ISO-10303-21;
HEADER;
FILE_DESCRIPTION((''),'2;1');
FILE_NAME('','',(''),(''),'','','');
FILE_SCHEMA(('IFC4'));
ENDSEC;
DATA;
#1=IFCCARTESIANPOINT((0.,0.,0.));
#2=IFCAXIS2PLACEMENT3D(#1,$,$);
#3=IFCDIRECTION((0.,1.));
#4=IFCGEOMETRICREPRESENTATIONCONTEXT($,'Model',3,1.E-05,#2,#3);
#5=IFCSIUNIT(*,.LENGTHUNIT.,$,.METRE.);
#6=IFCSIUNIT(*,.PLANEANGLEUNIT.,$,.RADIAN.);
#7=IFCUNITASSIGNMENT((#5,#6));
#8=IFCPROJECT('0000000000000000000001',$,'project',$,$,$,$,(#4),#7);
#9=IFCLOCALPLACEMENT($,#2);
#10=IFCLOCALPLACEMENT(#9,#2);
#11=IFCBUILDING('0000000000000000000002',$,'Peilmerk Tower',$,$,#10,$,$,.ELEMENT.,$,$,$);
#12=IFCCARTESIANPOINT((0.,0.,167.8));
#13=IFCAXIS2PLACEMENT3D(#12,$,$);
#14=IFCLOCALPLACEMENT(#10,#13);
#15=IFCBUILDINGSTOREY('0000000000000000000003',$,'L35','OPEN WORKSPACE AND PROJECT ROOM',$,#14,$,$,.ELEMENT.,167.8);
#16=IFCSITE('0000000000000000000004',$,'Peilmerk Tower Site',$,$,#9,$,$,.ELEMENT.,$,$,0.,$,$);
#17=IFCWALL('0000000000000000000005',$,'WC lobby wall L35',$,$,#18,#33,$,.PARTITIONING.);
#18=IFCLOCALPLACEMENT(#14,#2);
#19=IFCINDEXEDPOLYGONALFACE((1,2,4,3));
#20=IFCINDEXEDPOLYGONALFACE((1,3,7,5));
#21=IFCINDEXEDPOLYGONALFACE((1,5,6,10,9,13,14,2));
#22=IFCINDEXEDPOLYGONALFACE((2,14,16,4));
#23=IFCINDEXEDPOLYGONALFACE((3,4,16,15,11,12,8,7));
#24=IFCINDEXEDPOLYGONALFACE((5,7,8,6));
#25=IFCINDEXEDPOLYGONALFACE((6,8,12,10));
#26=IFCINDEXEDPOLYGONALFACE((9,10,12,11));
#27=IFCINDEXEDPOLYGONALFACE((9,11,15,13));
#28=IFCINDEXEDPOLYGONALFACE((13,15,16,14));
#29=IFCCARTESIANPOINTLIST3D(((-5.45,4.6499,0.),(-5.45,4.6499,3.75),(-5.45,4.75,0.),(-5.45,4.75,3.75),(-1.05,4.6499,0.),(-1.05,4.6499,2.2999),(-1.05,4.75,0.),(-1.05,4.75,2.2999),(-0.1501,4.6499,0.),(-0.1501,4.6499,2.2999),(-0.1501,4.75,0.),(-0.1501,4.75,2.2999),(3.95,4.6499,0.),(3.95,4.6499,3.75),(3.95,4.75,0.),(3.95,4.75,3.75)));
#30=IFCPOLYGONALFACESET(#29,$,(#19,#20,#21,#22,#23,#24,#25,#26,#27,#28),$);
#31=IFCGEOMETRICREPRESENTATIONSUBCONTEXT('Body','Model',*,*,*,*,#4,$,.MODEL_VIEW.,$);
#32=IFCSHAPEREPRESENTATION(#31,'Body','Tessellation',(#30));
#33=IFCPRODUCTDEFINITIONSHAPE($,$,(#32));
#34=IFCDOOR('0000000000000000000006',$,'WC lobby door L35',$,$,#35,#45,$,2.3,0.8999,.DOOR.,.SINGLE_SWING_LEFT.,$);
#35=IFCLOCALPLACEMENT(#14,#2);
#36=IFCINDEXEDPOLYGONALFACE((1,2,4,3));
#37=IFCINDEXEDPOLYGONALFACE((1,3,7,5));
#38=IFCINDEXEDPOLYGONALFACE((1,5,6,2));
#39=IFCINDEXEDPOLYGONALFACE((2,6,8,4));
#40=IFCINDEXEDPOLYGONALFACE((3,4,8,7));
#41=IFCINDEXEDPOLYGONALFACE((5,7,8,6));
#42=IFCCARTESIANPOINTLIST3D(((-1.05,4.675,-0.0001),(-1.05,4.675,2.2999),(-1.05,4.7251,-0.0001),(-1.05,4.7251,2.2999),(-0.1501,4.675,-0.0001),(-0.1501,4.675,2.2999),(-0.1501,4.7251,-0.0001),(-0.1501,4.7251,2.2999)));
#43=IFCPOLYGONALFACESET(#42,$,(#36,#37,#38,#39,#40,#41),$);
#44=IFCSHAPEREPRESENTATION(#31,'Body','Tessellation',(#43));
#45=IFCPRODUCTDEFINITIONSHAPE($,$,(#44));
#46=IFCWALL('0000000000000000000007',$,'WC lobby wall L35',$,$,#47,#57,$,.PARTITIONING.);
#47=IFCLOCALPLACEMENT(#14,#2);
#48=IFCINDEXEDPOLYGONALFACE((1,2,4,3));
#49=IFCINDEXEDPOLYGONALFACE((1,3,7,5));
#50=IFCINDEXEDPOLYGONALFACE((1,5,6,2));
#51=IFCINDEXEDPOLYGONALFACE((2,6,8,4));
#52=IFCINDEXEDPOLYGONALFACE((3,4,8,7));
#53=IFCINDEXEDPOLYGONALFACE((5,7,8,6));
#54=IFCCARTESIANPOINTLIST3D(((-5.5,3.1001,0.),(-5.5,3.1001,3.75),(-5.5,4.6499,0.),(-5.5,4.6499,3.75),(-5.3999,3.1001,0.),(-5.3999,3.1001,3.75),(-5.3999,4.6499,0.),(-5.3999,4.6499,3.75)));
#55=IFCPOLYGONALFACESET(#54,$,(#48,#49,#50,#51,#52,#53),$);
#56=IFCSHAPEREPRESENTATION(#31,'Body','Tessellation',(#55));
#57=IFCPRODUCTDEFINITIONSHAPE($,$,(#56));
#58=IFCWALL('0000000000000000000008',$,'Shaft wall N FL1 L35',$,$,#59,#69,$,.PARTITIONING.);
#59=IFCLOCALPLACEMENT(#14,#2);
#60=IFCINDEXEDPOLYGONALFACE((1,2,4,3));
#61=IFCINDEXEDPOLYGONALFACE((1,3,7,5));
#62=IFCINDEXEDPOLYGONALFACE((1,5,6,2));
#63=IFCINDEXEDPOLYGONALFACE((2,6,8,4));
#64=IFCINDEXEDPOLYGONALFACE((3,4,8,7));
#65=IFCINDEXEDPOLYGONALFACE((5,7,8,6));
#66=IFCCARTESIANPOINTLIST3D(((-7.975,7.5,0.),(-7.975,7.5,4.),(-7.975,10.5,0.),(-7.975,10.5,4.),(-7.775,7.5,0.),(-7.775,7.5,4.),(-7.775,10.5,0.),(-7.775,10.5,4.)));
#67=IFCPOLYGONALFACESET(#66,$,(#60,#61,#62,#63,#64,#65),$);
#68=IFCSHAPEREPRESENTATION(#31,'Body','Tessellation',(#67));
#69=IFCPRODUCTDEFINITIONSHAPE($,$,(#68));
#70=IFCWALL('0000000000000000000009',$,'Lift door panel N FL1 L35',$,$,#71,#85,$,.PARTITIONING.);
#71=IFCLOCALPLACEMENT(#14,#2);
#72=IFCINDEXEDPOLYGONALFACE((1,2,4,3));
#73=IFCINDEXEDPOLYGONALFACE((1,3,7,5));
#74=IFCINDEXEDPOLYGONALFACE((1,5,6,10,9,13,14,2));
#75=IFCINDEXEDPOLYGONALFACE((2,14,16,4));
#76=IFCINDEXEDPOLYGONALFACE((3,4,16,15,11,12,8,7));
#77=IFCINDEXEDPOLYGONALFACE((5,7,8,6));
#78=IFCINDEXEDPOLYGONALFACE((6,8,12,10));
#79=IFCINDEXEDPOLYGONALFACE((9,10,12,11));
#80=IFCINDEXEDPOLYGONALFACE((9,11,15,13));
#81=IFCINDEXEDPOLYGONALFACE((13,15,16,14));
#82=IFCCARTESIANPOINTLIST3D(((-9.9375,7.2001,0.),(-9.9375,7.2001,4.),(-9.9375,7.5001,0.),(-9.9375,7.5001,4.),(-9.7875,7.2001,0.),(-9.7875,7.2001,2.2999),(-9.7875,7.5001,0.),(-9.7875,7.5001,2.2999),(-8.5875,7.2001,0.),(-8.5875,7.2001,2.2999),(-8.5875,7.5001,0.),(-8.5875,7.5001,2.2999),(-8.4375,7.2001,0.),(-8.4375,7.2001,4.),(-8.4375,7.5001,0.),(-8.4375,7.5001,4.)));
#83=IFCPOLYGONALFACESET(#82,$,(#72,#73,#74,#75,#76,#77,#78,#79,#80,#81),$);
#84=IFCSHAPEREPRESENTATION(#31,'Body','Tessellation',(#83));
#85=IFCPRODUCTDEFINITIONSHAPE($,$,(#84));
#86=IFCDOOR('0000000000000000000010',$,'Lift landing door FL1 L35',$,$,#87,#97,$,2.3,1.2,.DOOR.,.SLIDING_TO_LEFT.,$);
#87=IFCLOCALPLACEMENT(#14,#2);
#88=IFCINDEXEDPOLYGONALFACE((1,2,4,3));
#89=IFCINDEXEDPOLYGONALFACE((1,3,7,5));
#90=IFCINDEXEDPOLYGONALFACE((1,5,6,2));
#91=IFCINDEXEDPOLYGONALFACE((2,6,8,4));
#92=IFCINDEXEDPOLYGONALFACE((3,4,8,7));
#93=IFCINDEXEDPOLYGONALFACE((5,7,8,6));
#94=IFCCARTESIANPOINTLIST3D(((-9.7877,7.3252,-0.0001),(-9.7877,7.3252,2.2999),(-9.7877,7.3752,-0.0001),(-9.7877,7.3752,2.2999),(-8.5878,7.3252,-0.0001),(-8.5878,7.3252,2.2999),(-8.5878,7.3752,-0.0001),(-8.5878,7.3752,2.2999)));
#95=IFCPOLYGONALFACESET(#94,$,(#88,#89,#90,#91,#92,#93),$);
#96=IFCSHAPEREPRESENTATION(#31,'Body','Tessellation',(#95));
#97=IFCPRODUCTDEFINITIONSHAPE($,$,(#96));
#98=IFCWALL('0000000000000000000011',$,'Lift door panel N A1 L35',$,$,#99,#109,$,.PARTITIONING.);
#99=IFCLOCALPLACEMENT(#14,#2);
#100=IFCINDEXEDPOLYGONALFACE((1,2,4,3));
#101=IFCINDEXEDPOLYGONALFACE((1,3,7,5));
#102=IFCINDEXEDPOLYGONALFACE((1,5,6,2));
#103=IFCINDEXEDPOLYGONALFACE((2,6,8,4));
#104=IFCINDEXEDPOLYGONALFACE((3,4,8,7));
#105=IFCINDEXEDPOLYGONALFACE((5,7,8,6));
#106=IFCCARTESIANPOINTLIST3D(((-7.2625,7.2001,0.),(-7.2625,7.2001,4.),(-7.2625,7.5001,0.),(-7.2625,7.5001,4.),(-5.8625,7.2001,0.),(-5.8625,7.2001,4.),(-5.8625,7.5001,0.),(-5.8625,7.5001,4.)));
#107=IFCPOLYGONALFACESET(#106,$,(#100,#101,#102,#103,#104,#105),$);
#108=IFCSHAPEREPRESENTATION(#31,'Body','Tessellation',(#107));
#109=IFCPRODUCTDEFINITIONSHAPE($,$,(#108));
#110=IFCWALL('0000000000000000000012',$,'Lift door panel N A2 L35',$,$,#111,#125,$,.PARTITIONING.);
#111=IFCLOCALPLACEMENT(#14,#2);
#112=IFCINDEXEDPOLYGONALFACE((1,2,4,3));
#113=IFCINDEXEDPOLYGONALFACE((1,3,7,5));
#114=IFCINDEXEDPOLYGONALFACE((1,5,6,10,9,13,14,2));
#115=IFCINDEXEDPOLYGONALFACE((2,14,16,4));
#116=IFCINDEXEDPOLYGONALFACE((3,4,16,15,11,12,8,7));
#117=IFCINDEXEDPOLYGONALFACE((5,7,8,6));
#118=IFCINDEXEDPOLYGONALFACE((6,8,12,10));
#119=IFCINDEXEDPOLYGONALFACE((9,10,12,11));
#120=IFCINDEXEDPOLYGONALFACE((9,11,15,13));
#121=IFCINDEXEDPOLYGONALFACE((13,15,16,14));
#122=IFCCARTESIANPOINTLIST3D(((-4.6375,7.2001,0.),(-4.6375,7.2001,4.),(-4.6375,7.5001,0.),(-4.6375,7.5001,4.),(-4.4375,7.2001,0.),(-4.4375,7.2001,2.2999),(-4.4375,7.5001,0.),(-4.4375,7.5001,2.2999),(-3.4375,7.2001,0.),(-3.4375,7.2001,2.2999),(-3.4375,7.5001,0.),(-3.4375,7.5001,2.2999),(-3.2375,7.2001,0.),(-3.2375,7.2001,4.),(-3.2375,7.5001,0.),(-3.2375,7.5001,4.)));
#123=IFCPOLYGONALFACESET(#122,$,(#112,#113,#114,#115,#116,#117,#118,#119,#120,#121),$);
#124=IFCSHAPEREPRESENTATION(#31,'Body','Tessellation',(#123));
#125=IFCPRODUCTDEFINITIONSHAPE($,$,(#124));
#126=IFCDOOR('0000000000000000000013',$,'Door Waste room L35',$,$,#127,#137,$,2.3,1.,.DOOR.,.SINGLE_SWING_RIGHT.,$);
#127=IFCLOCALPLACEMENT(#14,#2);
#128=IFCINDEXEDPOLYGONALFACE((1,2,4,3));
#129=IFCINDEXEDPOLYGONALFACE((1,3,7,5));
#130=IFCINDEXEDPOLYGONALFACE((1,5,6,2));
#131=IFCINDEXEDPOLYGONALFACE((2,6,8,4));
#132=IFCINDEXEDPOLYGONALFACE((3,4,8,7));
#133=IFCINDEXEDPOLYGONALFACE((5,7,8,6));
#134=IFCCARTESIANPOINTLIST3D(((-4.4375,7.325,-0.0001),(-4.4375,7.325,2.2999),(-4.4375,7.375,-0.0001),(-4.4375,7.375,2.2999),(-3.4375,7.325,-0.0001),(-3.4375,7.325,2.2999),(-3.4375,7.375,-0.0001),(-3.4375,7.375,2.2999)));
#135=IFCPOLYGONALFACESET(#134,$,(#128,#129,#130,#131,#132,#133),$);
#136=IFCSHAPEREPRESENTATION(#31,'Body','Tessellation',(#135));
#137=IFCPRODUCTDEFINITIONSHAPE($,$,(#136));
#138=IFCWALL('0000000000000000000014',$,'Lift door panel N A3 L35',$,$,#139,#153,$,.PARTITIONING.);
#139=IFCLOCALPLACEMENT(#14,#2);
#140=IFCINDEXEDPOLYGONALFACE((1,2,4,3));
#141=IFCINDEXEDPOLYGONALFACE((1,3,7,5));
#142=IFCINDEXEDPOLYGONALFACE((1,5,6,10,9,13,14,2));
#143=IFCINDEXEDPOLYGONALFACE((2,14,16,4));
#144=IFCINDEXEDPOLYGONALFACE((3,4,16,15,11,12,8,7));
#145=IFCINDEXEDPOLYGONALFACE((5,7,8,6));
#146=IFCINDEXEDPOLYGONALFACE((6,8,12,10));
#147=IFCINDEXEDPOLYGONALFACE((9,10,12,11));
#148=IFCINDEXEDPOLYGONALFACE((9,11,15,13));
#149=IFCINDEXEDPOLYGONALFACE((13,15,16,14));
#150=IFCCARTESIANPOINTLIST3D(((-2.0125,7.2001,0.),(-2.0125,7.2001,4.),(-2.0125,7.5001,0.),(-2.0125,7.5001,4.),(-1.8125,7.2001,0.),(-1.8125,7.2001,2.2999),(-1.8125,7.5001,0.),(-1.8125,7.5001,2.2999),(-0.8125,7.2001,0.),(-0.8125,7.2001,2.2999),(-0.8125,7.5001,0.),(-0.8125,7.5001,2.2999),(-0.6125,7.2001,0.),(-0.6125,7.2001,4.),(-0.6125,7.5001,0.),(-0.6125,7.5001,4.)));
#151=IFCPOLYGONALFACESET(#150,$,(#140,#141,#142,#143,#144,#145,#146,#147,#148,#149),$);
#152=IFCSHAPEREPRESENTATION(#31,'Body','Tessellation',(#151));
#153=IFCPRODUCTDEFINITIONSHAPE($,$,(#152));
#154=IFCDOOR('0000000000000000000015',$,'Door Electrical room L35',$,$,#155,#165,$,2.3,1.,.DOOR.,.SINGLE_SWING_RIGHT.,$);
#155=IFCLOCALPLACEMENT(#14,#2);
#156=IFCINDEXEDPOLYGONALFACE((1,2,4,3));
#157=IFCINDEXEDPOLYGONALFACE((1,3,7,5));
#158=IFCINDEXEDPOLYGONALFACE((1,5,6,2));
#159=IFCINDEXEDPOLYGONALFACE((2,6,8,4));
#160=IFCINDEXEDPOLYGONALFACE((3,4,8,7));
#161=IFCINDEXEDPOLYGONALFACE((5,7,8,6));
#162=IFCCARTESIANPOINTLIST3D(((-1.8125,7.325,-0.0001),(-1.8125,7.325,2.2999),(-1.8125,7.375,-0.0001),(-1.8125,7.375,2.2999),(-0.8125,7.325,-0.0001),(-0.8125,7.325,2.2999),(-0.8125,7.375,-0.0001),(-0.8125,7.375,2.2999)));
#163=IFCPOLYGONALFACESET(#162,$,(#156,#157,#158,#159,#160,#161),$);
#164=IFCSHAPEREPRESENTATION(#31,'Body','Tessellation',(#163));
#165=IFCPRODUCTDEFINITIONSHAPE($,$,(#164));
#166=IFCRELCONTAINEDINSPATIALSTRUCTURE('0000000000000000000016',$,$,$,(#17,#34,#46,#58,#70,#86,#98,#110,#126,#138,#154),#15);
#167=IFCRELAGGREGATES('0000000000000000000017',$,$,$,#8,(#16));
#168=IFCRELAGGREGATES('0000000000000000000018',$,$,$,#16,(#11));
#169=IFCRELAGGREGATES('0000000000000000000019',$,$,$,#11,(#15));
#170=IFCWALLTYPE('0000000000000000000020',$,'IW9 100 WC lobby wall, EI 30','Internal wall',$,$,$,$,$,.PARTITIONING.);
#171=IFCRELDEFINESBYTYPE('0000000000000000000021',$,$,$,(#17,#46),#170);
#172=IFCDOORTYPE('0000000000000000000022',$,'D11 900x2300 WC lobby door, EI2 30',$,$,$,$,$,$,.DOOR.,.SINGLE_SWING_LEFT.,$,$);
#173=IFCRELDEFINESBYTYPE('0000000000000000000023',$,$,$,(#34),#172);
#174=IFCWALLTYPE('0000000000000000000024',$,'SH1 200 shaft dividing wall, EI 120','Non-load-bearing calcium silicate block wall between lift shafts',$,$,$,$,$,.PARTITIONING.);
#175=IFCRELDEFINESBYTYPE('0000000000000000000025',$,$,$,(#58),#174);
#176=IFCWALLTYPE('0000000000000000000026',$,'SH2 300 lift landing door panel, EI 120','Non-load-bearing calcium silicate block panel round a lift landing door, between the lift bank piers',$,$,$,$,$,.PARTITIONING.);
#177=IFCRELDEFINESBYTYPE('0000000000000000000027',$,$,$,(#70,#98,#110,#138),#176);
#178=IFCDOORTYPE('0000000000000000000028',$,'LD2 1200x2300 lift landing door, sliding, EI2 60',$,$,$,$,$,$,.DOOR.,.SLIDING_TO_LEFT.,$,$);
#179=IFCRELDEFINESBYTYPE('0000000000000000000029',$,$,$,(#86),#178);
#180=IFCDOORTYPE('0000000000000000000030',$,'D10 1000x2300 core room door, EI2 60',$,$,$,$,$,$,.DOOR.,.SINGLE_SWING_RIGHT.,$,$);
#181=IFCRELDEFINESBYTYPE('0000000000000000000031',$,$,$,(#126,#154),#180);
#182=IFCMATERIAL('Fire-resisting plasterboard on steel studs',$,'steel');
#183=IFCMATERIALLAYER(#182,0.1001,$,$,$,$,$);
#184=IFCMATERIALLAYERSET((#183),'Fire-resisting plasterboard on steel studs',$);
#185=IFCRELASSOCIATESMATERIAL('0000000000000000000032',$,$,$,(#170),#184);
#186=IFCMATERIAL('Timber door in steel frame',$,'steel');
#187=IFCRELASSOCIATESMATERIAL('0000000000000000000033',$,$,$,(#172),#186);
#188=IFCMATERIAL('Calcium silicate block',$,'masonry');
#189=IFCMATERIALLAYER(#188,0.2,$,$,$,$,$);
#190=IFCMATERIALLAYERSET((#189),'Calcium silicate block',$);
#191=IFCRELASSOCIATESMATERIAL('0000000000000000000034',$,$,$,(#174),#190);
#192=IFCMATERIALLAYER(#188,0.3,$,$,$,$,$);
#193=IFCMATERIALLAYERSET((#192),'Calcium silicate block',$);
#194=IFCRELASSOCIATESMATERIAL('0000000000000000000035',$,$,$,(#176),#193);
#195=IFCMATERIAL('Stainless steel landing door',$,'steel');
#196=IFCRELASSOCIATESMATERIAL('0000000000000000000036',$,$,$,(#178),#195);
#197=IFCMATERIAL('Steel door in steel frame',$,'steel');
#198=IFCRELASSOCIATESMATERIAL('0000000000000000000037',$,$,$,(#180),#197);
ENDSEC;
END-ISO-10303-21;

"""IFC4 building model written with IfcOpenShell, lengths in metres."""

from ifc_helpers import new_model, si_unit, direction, frame, frame_2d, origin, place, context, subcontext, project, spatial, rectangle, extrude, material, layer, layer_set, type_object, element, fill, save


model = new_model("IFC4")

# Units and contexts
model_context = context("Model", 3, precision=1e-05, world=origin(), true_north=direction((0.0, 1.0)))
body_context = subcontext(model_context, "Body", "Model", "MODEL_VIEW")
ifc_project = project(units=[si_unit("LENGTHUNIT", "METRE"), si_unit("PLANEANGLEUNIT", "RADIAN")], contexts=[model_context])

# Site, building, storey
site_placement = place(None, origin())
site = spatial("IfcSite", under=ifc_project, at=site_placement, Name="Peilmerk Tower Site", CompositionType="ELEMENT", RefElevation=0.0)
building_placement = place(site_placement, origin())
building = spatial("IfcBuilding", under=site, at=building_placement, Name="Peilmerk Tower", CompositionType="ELEMENT")
storey_placement = place(building_placement, frame((0.0, 0.0, 167.8)))
storey = spatial("IfcBuildingStorey", under=building, at=storey_placement, Name="L35", Description="OPEN WORKSPACE AND PROJECT ROOM", CompositionType="ELEMENT", Elevation=167.8)

# Shared definitions
ifc_material_1 = material(Name="Steel door in steel frame", Category="steel")

# Shared definitions
ifc_material_2 = material(Name="Timber door in steel frame", Category="steel")

# Wall, opening, door
ifc_material_3 = material(Name="Fire-resisting plasterboard on steel studs", Category="steel")
ifc_layer_1 = layer(ifc_material_3, 0.1001)
ifc_layer_set_1 = layer_set([ifc_layer_1], Name="Fire-resisting plasterboard on steel studs")
wall_type_1 = type_object("IfcWallType", Name="IW9 100 WC lobby wall, EI 30", Description="Internal wall", PredefinedType="PARTITIONING", material=ifc_layer_set_1)
wall_1_placement = place(storey_placement, frame((-5.45, 4.7, 0.0), z_axis=(0.0, 0.0, 1.0), x_axis=(1.0, 0.0, 0.0)))
wall_1 = element("IfcWall", 1, at=wall_1_placement, inside=storey, type_object=wall_type_1, Name="WC lobby wall L35", PredefinedType="PARTITIONING", context=body_context, shape_type="SweptSolid", body=[
    extrude(rectangle(XDim=9.3999, YDim=0.1001, at=frame_2d((4.7, 0.0))), origin(), (0.0, 0.0, 1.0), 3.75),
])
opening_1_placement = place(wall_1_placement, frame((4.3999, 0.0, 0.0)))
opening_1 = element("IfcOpeningElement", 2, at=opening_1_placement, cuts=wall_1, PredefinedType="OPENING", context=body_context, shape_type="SweptSolid", body=[
    extrude(rectangle(XDim=0.8999, YDim=2.3, at=frame_2d((0.45, 1.1499))), frame((0.0, 0.0601, 0.0), z_axis=(0.0, -1.0, 0.0), x_axis=(1.0, 0.0, 0.0)), (0.0, 0.0, 1.0), 0.1201),
])
door_type_1 = type_object("IfcDoorType", Name="D11 900x2300 WC lobby door, EI2 30", OperationType="SINGLE_SWING_LEFT", PredefinedType="DOOR", material=ifc_material_2)
door_1_placement = place(opening_1_placement, frame((0.8999, 0.0, 0.0), z_axis=(0.0, 0.0, 1.0), x_axis=(-1.0, 0.0, 0.0)))
door_1 = element("IfcDoor", 3, at=door_1_placement, inside=storey, type_object=door_type_1, Name="WC lobby door L35", OperationType="SINGLE_SWING_LEFT", OverallHeight=2.3, OverallWidth=0.8999, PredefinedType="DOOR", context=body_context, shape_type="SweptSolid", body=[
    extrude(rectangle(XDim=0.8999, YDim=2.3, at=frame_2d((0.45, 1.1499))), frame((0.0, 0.0249, 0.0), z_axis=(0.0, -1.0, 0.0), x_axis=(1.0, 0.0, 0.0)), (0.0, 0.0, 1.0), 0.05),
])
fill(opening_1, door_1)

# Walls
wall_2_placement = place(storey_placement, frame((-5.45, 3.1001, 0.0), z_axis=(0.0, 0.0, 1.0), x_axis=(0.0, 1.0, 0.0)))
element("IfcWall", 4, at=wall_2_placement, inside=storey, type_object=wall_type_1, Name="WC lobby wall L35", PredefinedType="PARTITIONING", context=body_context, shape_type="SweptSolid", body=[
    extrude(rectangle(XDim=1.5498, YDim=0.1001, at=frame_2d((0.7749, 0.0))), origin(), (0.0, 0.0, 1.0), 3.75),
])
ifc_material_4 = material(Name="Calcium silicate block", Category="masonry")
ifc_layer_2 = layer(ifc_material_4, 0.2)
ifc_layer_set_2 = layer_set([ifc_layer_2], Name="Calcium silicate block")
wall_type_2 = type_object("IfcWallType", Name="SH1 200 shaft dividing wall, EI 120", Description="Non-load-bearing calcium silicate block wall between lift shafts", PredefinedType="PARTITIONING", material=ifc_layer_set_2)
wall_3_placement = place(storey_placement, frame((-7.875, 7.5, 0.0), z_axis=(0.0, 0.0, 1.0), x_axis=(0.0, 1.0, 0.0)))
element("IfcWall", 5, at=wall_3_placement, inside=storey, type_object=wall_type_2, Name="Shaft wall N FL1 L35", PredefinedType="PARTITIONING", context=body_context, shape_type="SweptSolid", body=[
    extrude(rectangle(XDim=3.0, YDim=0.2, at=frame_2d((1.5, 0.0))), origin(), (0.0, 0.0, 1.0), 4.0),
])

# Wall, opening, door
ifc_layer_3 = layer(ifc_material_4, 0.3)
ifc_layer_set_3 = layer_set([ifc_layer_3], Name="Calcium silicate block")
wall_type_3 = type_object("IfcWallType", Name="SH2 300 lift landing door panel, EI 120", Description="Non-load-bearing calcium silicate block panel round a lift landing door, between the lift bank piers", PredefinedType="PARTITIONING", material=ifc_layer_set_3)
wall_4_placement = place(storey_placement, frame((-9.9375, 7.3501, 0.0), z_axis=(0.0, 0.0, 1.0), x_axis=(1.0, 0.0, 0.0)))
wall_4 = element("IfcWall", 6, at=wall_4_placement, inside=storey, type_object=wall_type_3, Name="Lift door panel N FL1 L35", PredefinedType="PARTITIONING", context=body_context, shape_type="SweptSolid", body=[
    extrude(rectangle(XDim=1.5, YDim=0.3, at=frame_2d((0.75, 0.0))), origin(), (0.0, 0.0, 1.0), 4.0),
])
opening_2_placement = place(wall_4_placement, frame((0.1499, 0.0, 0.0)))
opening_2 = element("IfcOpeningElement", 7, at=opening_2_placement, cuts=wall_4, PredefinedType="OPENING", context=body_context, shape_type="SweptSolid", body=[
    extrude(rectangle(XDim=1.2, YDim=2.3, at=frame_2d((0.6001, 1.1499))), frame((0.0, 0.1599, 0.0), z_axis=(0.0, -1.0, 0.0), x_axis=(1.0, 0.0, 0.0)), (0.0, 0.0, 1.0), 0.3201),
])
ifc_material_5 = material(Name="Stainless steel landing door", Category="steel")
door_type_2 = type_object("IfcDoorType", Name="LD2 1200x2300 lift landing door, sliding, EI2 60", OperationType="SLIDING_TO_LEFT", PredefinedType="DOOR", material=ifc_material_5)
door_2_placement = place(opening_2_placement, frame((1.2, 0.0, 0.0), z_axis=(0.0, 0.0, 1.0), x_axis=(-1.0, 0.0, 0.0)))
door_2 = element("IfcDoor", 8, at=door_2_placement, inside=storey, type_object=door_type_2, Name="Lift landing door FL1 L35", OperationType="SLIDING_TO_LEFT", OverallHeight=2.3, OverallWidth=1.2, PredefinedType="DOOR", context=body_context, shape_type="SweptSolid", body=[
    extrude(rectangle(XDim=1.2, YDim=2.3, at=frame_2d((0.6001, 1.1499))), frame((0.0, 0.0249, 0.0), z_axis=(0.0, -1.0, 0.0), x_axis=(1.0, 0.0, 0.0)), (0.0, 0.0, 1.0), 0.05),
])
fill(opening_2, door_2)

# Wall
wall_5_placement = place(storey_placement, frame((-7.2625, 7.3501, 0.0), z_axis=(0.0, 0.0, 1.0), x_axis=(1.0, 0.0, 0.0)))
element("IfcWall", 9, at=wall_5_placement, inside=storey, type_object=wall_type_3, Name="Lift door panel N A1 L35", PredefinedType="PARTITIONING", context=body_context, shape_type="SweptSolid", body=[
    extrude(rectangle(XDim=1.3999, YDim=0.3, at=frame_2d((0.7, 0.0))), origin(), (0.0, 0.0, 1.0), 4.0),
])

# Walls, openings, doors
wall_6_placement = place(storey_placement, frame((-4.6375, 7.3501, 0.0), z_axis=(0.0, 0.0, 1.0), x_axis=(1.0, 0.0, 0.0)))
wall_6 = element("IfcWall", 10, at=wall_6_placement, inside=storey, type_object=wall_type_3, Name="Lift door panel N A2 L35", PredefinedType="PARTITIONING", context=body_context, shape_type="SweptSolid", body=[
    extrude(rectangle(XDim=1.3999, YDim=0.3, at=frame_2d((0.7, 0.0))), origin(), (0.0, 0.0, 1.0), 4.0),
])
opening_3_placement = place(wall_6_placement, frame((0.2, 0.0, 0.0)))
opening_3 = element("IfcOpeningElement", 11, at=opening_3_placement, cuts=wall_6, PredefinedType="OPENING", context=body_context, shape_type="SweptSolid", body=[
    extrude(rectangle(XDim=1.0, YDim=2.3, at=frame_2d((0.5, 1.1499))), frame((0.0, 0.1599, 0.0), z_axis=(0.0, -1.0, 0.0), x_axis=(1.0, 0.0, 0.0)), (0.0, 0.0, 1.0), 0.3201),
])
door_type_3 = type_object("IfcDoorType", Name="D10 1000x2300 core room door, EI2 60", OperationType="SINGLE_SWING_RIGHT", PredefinedType="DOOR", material=ifc_material_1)
door_3_placement = place(opening_3_placement, origin())
door_3 = element("IfcDoor", 12, at=door_3_placement, inside=storey, type_object=door_type_3, Name="Door Waste room L35", OperationType="SINGLE_SWING_RIGHT", OverallHeight=2.3, OverallWidth=1.0, PredefinedType="DOOR", context=body_context, shape_type="SweptSolid", body=[
    extrude(rectangle(XDim=1.0, YDim=2.3, at=frame_2d((0.5, 1.1499))), frame((0.0, 0.0249, 0.0), z_axis=(0.0, -1.0, 0.0), x_axis=(1.0, 0.0, 0.0)), (0.0, 0.0, 1.0), 0.05),
])
fill(opening_3, door_3)
wall_7_placement = place(storey_placement, frame((-2.0125, 7.3501, 0.0), z_axis=(0.0, 0.0, 1.0), x_axis=(1.0, 0.0, 0.0)))
wall_7 = element("IfcWall", 13, at=wall_7_placement, inside=storey, type_object=wall_type_3, Name="Lift door panel N A3 L35", PredefinedType="PARTITIONING", context=body_context, shape_type="SweptSolid", body=[
    extrude(rectangle(XDim=1.3999, YDim=0.3, at=frame_2d((0.7, 0.0))), origin(), (0.0, 0.0, 1.0), 4.0),
])
opening_4_placement = place(wall_7_placement, frame((0.2, 0.0, 0.0)))
opening_4 = element("IfcOpeningElement", 14, at=opening_4_placement, cuts=wall_7, PredefinedType="OPENING", context=body_context, shape_type="SweptSolid", body=[
    extrude(rectangle(XDim=1.0, YDim=2.3, at=frame_2d((0.5, 1.1499))), frame((0.0, 0.1599, 0.0), z_axis=(0.0, -1.0, 0.0), x_axis=(1.0, 0.0, 0.0)), (0.0, 0.0, 1.0), 0.3201),
])
door_4_placement = place(opening_4_placement, origin())
door_4 = element("IfcDoor", 15, at=door_4_placement, inside=storey, type_object=door_type_3, Name="Door Electrical room L35", OperationType="SINGLE_SWING_RIGHT", OverallHeight=2.3, OverallWidth=1.0, PredefinedType="DOOR", context=body_context, shape_type="SweptSolid", body=[
    extrude(rectangle(XDim=1.0, YDim=2.3, at=frame_2d((0.5, 1.1499))), frame((0.0, 0.0249, 0.0), z_axis=(0.0, -1.0, 0.0), x_axis=(1.0, 0.0, 0.0)), (0.0, 0.0, 1.0), 0.05),
])
fill(opening_4, door_4)

save(model, "model.ifc")
